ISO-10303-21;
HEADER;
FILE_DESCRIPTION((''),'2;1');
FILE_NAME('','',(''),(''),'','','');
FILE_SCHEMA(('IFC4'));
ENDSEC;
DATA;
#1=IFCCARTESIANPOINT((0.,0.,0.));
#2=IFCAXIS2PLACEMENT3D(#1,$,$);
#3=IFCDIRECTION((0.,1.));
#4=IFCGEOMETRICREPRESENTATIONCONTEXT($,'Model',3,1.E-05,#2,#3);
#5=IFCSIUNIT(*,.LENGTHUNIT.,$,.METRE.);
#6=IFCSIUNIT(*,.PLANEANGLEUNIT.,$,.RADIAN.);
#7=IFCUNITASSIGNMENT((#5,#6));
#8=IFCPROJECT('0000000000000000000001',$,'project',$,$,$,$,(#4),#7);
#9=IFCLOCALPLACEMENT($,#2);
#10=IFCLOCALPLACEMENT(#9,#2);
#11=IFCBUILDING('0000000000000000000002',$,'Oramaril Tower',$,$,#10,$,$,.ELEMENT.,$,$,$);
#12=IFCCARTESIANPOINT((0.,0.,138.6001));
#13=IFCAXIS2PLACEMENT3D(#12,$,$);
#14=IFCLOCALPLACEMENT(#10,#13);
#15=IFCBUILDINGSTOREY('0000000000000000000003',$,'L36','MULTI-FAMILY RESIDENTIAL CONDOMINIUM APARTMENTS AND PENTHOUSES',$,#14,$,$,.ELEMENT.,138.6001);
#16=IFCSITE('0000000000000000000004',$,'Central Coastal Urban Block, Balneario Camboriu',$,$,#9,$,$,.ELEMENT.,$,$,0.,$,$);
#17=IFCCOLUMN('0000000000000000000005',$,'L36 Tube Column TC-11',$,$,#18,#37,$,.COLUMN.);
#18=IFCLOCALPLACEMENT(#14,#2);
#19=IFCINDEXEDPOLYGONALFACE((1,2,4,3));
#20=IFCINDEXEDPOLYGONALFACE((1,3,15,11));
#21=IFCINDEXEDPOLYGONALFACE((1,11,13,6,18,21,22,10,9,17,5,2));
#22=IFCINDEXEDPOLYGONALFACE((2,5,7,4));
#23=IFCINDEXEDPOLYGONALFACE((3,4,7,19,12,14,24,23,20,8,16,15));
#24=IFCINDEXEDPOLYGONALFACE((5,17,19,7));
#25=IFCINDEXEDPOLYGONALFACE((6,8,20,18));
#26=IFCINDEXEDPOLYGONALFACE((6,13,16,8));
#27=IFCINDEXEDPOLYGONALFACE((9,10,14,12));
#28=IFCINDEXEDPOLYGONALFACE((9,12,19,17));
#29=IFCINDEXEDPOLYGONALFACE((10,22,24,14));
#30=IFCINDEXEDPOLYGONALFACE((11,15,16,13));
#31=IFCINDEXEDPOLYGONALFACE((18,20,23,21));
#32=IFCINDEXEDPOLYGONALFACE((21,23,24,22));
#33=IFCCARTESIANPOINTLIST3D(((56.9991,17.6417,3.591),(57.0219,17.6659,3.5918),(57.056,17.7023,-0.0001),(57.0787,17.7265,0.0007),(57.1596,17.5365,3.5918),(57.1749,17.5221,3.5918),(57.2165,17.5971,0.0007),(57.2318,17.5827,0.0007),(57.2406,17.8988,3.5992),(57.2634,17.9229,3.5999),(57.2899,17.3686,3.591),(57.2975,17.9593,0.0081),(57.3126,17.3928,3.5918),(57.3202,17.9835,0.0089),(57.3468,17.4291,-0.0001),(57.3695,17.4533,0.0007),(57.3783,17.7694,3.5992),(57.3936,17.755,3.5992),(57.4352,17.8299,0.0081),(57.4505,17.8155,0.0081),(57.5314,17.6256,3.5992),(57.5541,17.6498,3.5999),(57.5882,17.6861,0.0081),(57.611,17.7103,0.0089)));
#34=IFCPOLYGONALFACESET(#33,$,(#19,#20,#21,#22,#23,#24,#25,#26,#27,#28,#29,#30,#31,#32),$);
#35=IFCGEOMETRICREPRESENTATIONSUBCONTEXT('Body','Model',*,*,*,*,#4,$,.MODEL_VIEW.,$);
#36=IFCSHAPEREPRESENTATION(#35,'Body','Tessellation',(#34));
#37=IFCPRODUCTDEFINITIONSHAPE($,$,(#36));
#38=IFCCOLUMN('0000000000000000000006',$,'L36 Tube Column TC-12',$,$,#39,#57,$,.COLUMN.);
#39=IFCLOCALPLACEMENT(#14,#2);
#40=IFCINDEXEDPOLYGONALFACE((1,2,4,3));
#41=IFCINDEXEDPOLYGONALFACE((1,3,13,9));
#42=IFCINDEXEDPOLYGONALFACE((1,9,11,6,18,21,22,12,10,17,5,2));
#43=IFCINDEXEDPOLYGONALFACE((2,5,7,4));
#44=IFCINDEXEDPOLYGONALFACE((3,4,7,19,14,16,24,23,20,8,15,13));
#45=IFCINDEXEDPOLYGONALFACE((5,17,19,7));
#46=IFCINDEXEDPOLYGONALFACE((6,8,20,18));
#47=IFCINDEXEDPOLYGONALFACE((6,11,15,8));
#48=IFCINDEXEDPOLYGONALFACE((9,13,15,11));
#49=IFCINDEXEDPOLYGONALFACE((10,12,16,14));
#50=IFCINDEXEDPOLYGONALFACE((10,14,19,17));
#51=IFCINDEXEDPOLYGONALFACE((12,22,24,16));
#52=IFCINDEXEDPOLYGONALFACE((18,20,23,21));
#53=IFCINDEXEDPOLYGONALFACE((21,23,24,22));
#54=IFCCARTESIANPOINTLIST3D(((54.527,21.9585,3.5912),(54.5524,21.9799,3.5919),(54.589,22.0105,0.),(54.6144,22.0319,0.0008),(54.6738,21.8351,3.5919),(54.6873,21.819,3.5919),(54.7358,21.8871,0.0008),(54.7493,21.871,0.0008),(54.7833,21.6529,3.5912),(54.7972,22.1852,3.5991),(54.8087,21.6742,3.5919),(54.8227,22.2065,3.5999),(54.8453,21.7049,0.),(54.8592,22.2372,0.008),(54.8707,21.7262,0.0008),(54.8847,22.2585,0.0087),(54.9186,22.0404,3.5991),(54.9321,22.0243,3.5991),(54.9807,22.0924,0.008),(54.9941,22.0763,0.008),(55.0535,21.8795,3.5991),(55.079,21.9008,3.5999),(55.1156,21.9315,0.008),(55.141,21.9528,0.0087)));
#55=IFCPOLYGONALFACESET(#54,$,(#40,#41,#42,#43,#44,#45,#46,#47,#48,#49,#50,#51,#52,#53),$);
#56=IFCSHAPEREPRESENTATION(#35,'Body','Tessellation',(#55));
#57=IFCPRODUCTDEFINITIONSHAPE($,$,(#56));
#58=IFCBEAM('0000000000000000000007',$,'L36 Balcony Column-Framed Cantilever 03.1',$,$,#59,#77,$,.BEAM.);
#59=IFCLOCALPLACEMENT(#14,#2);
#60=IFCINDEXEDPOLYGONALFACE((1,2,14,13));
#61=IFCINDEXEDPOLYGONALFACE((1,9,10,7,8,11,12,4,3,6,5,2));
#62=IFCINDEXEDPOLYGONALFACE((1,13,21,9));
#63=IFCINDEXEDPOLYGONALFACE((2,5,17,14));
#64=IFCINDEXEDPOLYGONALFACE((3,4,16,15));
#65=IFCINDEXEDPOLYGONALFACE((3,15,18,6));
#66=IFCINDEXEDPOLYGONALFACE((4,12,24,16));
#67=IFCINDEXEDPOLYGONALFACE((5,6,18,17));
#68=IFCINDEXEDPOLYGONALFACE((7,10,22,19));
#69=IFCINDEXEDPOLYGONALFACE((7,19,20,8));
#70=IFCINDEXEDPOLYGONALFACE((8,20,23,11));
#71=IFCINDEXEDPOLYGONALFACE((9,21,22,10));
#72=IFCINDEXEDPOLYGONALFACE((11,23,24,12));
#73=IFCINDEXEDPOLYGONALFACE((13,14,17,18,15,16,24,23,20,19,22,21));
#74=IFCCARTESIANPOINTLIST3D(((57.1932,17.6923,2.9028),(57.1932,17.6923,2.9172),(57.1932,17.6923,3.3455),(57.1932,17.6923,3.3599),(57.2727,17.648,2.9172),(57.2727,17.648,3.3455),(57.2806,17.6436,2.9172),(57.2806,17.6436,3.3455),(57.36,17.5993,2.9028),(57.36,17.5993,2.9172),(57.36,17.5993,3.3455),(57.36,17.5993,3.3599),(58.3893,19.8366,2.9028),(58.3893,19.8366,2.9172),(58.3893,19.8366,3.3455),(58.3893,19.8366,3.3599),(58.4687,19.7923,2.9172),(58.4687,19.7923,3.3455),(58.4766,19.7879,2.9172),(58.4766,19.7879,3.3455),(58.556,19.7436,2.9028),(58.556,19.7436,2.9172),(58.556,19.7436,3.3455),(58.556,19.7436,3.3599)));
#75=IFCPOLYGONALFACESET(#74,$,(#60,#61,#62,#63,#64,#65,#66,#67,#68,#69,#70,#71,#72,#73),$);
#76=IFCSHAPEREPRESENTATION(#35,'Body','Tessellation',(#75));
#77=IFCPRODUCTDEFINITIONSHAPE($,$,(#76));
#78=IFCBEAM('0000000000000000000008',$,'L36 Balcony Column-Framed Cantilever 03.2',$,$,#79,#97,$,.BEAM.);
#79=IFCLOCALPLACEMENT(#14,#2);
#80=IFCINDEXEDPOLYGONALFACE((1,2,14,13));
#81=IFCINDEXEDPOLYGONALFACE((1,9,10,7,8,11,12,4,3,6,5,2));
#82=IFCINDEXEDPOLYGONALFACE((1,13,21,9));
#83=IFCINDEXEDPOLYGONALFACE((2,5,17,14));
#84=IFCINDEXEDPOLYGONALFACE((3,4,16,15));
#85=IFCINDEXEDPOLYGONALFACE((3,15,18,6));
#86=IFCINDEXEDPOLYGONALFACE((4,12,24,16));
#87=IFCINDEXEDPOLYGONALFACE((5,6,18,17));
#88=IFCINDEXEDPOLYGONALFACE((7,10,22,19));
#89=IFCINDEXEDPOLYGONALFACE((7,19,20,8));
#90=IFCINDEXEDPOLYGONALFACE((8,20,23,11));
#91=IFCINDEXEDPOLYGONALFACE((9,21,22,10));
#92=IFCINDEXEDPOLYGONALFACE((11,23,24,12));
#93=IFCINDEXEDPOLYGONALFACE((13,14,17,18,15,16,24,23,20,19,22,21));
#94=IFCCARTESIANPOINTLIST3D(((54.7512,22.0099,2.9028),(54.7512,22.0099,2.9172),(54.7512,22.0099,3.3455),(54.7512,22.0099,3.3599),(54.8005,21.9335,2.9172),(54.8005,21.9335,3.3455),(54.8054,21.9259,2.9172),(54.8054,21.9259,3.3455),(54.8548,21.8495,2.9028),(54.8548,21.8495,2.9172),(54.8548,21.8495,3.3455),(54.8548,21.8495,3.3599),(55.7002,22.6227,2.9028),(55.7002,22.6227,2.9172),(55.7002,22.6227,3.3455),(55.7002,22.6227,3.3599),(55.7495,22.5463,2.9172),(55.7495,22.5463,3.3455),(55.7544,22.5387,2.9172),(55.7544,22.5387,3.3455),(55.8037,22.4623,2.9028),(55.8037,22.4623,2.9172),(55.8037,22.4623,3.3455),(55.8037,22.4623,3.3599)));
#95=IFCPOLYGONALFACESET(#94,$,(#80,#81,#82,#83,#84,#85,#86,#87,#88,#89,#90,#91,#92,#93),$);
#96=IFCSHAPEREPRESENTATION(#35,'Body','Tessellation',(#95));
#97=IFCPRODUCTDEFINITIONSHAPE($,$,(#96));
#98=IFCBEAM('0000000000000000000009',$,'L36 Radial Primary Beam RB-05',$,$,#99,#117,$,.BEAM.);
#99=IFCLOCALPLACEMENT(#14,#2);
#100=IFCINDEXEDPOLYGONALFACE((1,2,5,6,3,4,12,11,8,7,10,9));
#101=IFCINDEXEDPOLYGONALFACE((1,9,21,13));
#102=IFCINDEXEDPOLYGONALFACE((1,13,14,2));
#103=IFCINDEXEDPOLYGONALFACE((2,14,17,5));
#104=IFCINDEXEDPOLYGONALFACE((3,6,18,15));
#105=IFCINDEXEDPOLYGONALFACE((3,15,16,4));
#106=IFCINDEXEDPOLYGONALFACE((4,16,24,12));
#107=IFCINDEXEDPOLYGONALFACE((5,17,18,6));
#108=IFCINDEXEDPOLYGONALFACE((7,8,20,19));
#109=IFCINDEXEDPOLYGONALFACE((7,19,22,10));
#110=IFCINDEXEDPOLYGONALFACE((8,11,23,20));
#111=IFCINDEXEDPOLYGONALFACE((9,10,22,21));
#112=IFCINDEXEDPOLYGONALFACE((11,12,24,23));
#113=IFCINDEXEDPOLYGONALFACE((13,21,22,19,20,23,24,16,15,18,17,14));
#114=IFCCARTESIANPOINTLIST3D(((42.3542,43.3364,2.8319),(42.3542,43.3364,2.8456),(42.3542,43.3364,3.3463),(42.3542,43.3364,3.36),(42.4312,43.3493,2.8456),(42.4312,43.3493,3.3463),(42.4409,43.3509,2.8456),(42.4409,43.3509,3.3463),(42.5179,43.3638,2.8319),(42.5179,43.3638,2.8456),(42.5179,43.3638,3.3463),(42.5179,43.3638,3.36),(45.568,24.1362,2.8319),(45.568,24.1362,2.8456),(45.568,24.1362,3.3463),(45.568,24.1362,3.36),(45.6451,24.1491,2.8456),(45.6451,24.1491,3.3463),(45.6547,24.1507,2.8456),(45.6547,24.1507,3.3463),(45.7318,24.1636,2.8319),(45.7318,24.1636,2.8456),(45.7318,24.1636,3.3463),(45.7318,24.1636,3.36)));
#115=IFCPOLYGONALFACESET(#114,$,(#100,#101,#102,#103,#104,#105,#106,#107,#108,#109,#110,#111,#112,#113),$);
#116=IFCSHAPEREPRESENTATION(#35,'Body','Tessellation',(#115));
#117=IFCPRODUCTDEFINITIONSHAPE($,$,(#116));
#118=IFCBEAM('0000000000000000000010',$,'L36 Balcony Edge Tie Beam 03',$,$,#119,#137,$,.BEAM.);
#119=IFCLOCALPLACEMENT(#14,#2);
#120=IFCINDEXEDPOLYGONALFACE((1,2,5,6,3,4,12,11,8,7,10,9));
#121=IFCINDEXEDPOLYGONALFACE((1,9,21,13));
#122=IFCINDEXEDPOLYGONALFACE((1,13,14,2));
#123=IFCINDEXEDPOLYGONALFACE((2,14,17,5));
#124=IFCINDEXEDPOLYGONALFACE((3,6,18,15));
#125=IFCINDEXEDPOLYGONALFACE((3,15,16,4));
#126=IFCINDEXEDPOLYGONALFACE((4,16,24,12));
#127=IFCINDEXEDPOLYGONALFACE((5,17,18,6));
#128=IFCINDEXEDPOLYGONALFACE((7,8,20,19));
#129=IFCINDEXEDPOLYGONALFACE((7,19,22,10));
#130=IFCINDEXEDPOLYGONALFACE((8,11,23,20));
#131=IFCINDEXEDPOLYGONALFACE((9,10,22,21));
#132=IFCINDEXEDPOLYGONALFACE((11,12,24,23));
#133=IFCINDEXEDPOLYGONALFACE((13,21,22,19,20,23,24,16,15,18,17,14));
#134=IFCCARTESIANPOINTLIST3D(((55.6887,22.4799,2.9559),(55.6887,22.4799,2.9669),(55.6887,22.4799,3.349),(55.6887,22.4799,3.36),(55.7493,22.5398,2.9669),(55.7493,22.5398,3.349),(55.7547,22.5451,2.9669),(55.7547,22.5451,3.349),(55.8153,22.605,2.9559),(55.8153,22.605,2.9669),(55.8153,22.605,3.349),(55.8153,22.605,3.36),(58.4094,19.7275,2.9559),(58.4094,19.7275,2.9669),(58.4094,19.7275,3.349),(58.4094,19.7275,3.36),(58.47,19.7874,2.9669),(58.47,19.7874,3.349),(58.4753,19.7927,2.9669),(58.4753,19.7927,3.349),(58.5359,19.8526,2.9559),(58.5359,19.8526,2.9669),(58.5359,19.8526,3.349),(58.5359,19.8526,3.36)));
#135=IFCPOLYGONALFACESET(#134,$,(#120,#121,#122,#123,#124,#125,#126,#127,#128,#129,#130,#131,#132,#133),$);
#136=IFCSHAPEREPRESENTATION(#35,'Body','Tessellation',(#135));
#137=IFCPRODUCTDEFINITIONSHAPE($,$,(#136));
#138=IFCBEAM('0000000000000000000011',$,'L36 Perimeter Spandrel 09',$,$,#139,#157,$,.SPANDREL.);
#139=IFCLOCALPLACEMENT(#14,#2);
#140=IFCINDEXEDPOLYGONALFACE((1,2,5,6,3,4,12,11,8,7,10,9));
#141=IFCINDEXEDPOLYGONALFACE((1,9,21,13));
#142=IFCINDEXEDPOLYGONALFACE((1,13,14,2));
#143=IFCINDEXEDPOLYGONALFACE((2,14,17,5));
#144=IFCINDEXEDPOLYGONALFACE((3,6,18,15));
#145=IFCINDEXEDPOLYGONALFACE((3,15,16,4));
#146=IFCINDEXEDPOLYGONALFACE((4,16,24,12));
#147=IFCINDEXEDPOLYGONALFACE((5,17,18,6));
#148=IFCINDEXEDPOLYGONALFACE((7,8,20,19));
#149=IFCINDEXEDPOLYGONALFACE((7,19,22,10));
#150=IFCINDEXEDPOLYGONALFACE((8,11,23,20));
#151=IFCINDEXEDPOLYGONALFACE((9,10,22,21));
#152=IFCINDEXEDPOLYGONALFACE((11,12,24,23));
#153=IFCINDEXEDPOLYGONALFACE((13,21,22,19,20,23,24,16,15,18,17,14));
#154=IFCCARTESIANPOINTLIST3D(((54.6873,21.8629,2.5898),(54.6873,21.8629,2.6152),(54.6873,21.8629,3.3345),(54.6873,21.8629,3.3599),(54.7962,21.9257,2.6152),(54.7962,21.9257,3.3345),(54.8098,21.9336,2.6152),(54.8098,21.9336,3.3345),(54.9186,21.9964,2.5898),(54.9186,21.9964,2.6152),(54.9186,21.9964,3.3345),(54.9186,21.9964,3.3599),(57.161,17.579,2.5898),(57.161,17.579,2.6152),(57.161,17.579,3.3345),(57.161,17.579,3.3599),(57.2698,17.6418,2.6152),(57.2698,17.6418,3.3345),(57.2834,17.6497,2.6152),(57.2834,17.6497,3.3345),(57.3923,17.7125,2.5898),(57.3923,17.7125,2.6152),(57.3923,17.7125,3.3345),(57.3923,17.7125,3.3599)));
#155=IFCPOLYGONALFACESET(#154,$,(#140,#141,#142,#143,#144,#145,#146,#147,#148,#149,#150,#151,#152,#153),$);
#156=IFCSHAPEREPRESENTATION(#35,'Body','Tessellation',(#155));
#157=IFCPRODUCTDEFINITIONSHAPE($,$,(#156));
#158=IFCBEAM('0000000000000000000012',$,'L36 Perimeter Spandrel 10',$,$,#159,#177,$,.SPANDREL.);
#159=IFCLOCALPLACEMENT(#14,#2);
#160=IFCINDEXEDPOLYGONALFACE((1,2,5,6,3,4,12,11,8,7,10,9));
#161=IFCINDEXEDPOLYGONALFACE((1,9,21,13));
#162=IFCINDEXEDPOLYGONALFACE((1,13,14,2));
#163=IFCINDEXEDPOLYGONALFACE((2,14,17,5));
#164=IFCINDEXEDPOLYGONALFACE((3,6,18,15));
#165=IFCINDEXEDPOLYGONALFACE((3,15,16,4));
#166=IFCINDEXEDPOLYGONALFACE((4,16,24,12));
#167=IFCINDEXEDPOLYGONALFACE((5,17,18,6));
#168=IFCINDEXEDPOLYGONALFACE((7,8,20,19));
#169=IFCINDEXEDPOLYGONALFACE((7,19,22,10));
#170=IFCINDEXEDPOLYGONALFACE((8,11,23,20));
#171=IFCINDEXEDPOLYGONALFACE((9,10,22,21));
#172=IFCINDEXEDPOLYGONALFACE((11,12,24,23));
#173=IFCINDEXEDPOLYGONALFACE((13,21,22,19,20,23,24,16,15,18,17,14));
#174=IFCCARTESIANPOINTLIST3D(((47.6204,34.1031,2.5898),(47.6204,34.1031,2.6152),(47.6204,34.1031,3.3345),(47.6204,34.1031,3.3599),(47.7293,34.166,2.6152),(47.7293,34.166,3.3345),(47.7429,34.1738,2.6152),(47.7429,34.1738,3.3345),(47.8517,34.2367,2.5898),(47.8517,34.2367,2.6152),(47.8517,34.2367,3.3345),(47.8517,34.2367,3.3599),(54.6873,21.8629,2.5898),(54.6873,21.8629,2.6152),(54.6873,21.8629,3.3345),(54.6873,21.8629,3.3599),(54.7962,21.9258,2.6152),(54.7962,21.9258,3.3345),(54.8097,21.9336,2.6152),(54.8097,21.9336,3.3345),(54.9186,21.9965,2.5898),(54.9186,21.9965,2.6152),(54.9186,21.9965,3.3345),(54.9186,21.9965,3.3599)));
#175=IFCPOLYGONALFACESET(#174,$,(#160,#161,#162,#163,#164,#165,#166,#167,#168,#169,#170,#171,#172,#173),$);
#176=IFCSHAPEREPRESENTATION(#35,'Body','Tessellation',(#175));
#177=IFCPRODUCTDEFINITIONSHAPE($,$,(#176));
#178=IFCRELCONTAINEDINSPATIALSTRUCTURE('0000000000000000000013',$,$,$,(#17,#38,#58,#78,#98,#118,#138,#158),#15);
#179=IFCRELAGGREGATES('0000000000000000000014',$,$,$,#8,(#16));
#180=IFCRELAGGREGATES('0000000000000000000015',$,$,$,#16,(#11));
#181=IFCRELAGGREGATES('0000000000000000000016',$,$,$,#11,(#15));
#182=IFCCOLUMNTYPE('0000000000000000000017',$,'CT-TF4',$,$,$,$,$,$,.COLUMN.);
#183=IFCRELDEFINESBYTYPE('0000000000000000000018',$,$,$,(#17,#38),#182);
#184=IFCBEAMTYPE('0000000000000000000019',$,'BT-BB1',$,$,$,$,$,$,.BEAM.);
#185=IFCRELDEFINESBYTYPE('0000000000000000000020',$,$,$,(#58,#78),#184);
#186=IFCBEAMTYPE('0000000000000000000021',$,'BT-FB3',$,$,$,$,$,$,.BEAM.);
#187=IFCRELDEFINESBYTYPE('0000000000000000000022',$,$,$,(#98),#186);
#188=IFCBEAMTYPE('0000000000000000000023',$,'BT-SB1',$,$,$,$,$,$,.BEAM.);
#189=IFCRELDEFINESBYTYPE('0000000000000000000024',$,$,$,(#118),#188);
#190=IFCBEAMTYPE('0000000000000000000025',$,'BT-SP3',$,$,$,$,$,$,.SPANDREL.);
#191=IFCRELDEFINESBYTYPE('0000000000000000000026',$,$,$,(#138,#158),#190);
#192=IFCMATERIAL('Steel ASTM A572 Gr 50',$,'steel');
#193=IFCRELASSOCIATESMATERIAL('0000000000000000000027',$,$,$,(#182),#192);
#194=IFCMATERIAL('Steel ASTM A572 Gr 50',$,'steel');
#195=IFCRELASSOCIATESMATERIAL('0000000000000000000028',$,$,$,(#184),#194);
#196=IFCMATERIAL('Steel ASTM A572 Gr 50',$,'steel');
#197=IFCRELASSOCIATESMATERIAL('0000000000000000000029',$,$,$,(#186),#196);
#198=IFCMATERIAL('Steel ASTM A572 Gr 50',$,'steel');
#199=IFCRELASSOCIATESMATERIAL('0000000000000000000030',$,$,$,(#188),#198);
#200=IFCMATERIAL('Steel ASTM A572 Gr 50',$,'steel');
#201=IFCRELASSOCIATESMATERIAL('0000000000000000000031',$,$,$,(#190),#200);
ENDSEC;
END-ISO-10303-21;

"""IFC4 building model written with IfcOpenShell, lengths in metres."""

from ifc_helpers import new_model, si_unit, direction, frame, origin, origin_2d, place, context, subcontext, project, spatial, i_section, extrude, material, material_profile, profile_set, type_object, element, save


model = new_model("IFC4")

# Units and contexts
model_context = context("Model", 3, precision=1e-05, world=origin(), true_north=direction((0.0, 1.0)))
body_context = subcontext(model_context, "Body", "Model", "MODEL_VIEW")
ifc_project = project(units=[si_unit("LENGTHUNIT", "METRE"), si_unit("PLANEANGLEUNIT", "RADIAN")], contexts=[model_context])

# Site, building, storey
site_placement = place(None, origin())
site = spatial("IfcSite", under=ifc_project, at=site_placement, Name="Central Coastal Urban Block, Balneario Camboriu", CompositionType="ELEMENT", RefElevation=0.0)
building_placement = place(site_placement, origin())
building = spatial("IfcBuilding", under=site, at=building_placement, Name="Oramaril Tower", CompositionType="ELEMENT")
storey_placement = place(building_placement, frame((0.0, 0.0, 138.6001)))
storey = spatial("IfcBuildingStorey", under=building, at=storey_placement, Name="L36", Description="MULTI-FAMILY RESIDENTIAL CONDOMINIUM APARTMENTS AND PENTHOUSES", CompositionType="ELEMENT", Elevation=138.6001)

# Columns
ifc_material_1 = material(Name="Steel ASTM A572 Gr 50", Category="steel")
ifc_material_profile_1 = material_profile(ifc_material_1, i_section(OverallWidth=0.3989, OverallDepth=0.386, WebThickness=0.021, FlangeThickness=0.0332, at=origin_2d()), Name="W14X176")
ifc_profile_set_1 = profile_set([ifc_material_profile_1], Name="Steel ASTM A572 Gr 50")
column_type = type_object("IfcColumnType", Name="CT-TF4", PredefinedType="COLUMN", material=ifc_profile_set_1)
for number, where, z_axis, x_axis, name in (
    (1, (57.3335, 17.7063, 0.0044), (-0.015836, -0.016856, 0.999733), (0.728804, -0.684723, 0.0), "L36 Tube Column TC-11"),
    (2, (54.865, 21.9817, 0.0044), (-0.017264, -0.014477, 0.999746), (0.642555, -0.766239, 0.0), "L36 Tube Column TC-12"),
):
    element("IfcColumn", number, at=place(storey_placement, frame(where, z_axis=z_axis, x_axis=x_axis)), inside=storey, type_object=column_type, Name=name, PredefinedType="COLUMN", context=body_context, shape_type="SweptSolid", body=[
        extrude(i_section(OverallWidth=0.3989, OverallDepth=0.386, WebThickness=0.021, FlangeThickness=0.0332, at=origin_2d()), origin(), (0.0, 0.0, 1.0), 3.592),
    ])

# Beams
ifc_material_2 = material(Name="Steel ASTM A572 Gr 50", Category="steel")
ifc_material_profile_2 = material_profile(ifc_material_2, i_section(OverallWidth=0.1909, OverallDepth=0.457, WebThickness=0.009, FlangeThickness=0.0144, at=origin_2d()), Name="W18X50")
ifc_profile_set_2 = profile_set([ifc_material_profile_2], Name="Steel ASTM A572 Gr 50")
beam_type_1 = type_object("IfcBeamType", Name="BT-BB1", PredefinedType="BEAM", material=ifc_profile_set_2)
beam_1_placement = place(storey_placement, frame((57.2766, 17.6458, 3.1313), z_axis=(0.487128, 0.873331, 0.0), x_axis=(-0.873331, 0.487128, 0.0)))
element("IfcBeam", 3, at=beam_1_placement, inside=storey, type_object=beam_type_1, Name="L36 Balcony Column-Framed Cantilever 03.1", PredefinedType="BEAM", context=body_context, shape_type="SweptSolid", body=[
    extrude(i_section(OverallWidth=0.1909, OverallDepth=0.457, WebThickness=0.009, FlangeThickness=0.0144, at=origin_2d()), origin(), (0.0, 0.0, 1.0), 2.4553),
])
beam_2_placement = place(storey_placement, frame((54.803, 21.9297, 3.1313), z_axis=(0.840074, 0.542471, 0.0), x_axis=(-0.542471, 0.840074, 0.0)))
element("IfcBeam", 4, at=beam_2_placement, inside=storey, type_object=beam_type_1, Name="L36 Balcony Column-Framed Cantilever 03.2", PredefinedType="BEAM", context=body_context, shape_type="SweptSolid", body=[
    extrude(i_section(OverallWidth=0.1909, OverallDepth=0.457, WebThickness=0.009, FlangeThickness=0.0144, at=origin_2d()), origin(), (0.0, 0.0, 1.0), 1.1296),
])
ifc_material_3 = material(Name="Steel ASTM A572 Gr 50", Category="steel")
ifc_material_profile_3 = material_profile(ifc_material_3, i_section(OverallWidth=0.166, OverallDepth=0.5281, WebThickness=0.0098, FlangeThickness=0.0137, at=origin_2d()), Name="W21X50")
ifc_profile_set_3 = profile_set([ifc_material_profile_3], Name="Steel ASTM A572 Gr 50")
beam_type_2 = type_object("IfcBeamType", Name="BT-FB3", PredefinedType="BEAM", material=ifc_profile_set_3)
beam_3_placement = place(storey_placement, frame((45.6499, 24.1499, 3.0959), z_axis=(-0.16509, 0.986278, 0.0), x_axis=(-0.986278, -0.16509, 0.0)))
element("IfcBeam", 5, at=beam_3_placement, inside=storey, type_object=beam_type_2, Name="L36 Radial Primary Beam RB-05", PredefinedType="BEAM", context=body_context, shape_type="SweptSolid", body=[
    extrude(i_section(OverallWidth=0.166, OverallDepth=0.5281, WebThickness=0.0098, FlangeThickness=0.0137, at=origin_2d()), origin(), (0.0, 0.0, 1.0), 19.4673),
])
ifc_material_4 = material(Name="Steel ASTM A572 Gr 50", Category="steel")
ifc_material_profile_4 = material_profile(ifc_material_4, i_section(OverallWidth=0.178, OverallDepth=0.4041, WebThickness=0.0076, FlangeThickness=0.011, at=origin_2d()), Name="W16X36")
ifc_profile_set_4 = profile_set([ifc_material_profile_4], Name="Steel ASTM A572 Gr 50")
beam_type_3 = type_object("IfcBeamType", Name="BT-SB1", PredefinedType="BEAM", material=ifc_profile_set_4)
beam_4_placement = place(storey_placement, frame((58.4727, 19.79, 3.158), z_axis=(-0.702995, 0.711195, 0.0), x_axis=(-0.711195, -0.702995, 0.0)))
element("IfcBeam", 6, at=beam_4_placement, inside=storey, type_object=beam_type_3, Name="L36 Balcony Edge Tie Beam 03", PredefinedType="BEAM", context=body_context, shape_type="SweptSolid", body=[
    extrude(i_section(OverallWidth=0.178, OverallDepth=0.4041, WebThickness=0.0076, FlangeThickness=0.011, at=origin_2d()), origin(), (0.0, 0.0, 1.0), 3.8701),
])
ifc_material_5 = material(Name="Steel ASTM A572 Gr 50", Category="steel")
ifc_material_profile_5 = material_profile(ifc_material_5, i_section(OverallWidth=0.2671, OverallDepth=0.77, WebThickness=0.0156, FlangeThickness=0.0254, at=origin_2d()), Name="W30X132")
ifc_profile_set_5 = profile_set([ifc_material_profile_5], Name="Steel ASTM A572 Gr 50")
beam_type_4 = type_object("IfcBeamType", Name="BT-SP3", PredefinedType="SPANDREL", material=ifc_profile_set_5)
beam_5_placement = place(storey_placement, frame((57.2766, 17.6458, 2.9749), z_axis=(-0.500046, 0.865999, 0.0), x_axis=(-0.865999, -0.500046, 0.0)))
element("IfcBeam", 7, at=beam_5_placement, inside=storey, type_object=beam_type_4, Name="L36 Perimeter Spandrel 09", PredefinedType="SPANDREL", context=body_context, shape_type="SweptSolid", body=[
    extrude(i_section(OverallWidth=0.2671, OverallDepth=0.77, WebThickness=0.0156, FlangeThickness=0.0254, at=origin_2d()), origin(), (0.0, 0.0, 1.0), 4.9468),
])
beam_6_placement = place(storey_placement, frame((54.803, 21.9297, 2.9749), z_axis=(-0.5, 0.866026, 0.0), x_axis=(-0.866026, -0.5, 0.0)))
element("IfcBeam", 8, at=beam_6_placement, inside=storey, type_object=beam_type_4, Name="L36 Perimeter Spandrel 10", PredefinedType="SPANDREL", context=body_context, shape_type="SweptSolid", body=[
    extrude(i_section(OverallWidth=0.2671, OverallDepth=0.77, WebThickness=0.0156, FlangeThickness=0.0254, at=origin_2d()), origin(), (0.0, 0.0, 1.0), 14.1338),
])

save(model, "model.ifc")
